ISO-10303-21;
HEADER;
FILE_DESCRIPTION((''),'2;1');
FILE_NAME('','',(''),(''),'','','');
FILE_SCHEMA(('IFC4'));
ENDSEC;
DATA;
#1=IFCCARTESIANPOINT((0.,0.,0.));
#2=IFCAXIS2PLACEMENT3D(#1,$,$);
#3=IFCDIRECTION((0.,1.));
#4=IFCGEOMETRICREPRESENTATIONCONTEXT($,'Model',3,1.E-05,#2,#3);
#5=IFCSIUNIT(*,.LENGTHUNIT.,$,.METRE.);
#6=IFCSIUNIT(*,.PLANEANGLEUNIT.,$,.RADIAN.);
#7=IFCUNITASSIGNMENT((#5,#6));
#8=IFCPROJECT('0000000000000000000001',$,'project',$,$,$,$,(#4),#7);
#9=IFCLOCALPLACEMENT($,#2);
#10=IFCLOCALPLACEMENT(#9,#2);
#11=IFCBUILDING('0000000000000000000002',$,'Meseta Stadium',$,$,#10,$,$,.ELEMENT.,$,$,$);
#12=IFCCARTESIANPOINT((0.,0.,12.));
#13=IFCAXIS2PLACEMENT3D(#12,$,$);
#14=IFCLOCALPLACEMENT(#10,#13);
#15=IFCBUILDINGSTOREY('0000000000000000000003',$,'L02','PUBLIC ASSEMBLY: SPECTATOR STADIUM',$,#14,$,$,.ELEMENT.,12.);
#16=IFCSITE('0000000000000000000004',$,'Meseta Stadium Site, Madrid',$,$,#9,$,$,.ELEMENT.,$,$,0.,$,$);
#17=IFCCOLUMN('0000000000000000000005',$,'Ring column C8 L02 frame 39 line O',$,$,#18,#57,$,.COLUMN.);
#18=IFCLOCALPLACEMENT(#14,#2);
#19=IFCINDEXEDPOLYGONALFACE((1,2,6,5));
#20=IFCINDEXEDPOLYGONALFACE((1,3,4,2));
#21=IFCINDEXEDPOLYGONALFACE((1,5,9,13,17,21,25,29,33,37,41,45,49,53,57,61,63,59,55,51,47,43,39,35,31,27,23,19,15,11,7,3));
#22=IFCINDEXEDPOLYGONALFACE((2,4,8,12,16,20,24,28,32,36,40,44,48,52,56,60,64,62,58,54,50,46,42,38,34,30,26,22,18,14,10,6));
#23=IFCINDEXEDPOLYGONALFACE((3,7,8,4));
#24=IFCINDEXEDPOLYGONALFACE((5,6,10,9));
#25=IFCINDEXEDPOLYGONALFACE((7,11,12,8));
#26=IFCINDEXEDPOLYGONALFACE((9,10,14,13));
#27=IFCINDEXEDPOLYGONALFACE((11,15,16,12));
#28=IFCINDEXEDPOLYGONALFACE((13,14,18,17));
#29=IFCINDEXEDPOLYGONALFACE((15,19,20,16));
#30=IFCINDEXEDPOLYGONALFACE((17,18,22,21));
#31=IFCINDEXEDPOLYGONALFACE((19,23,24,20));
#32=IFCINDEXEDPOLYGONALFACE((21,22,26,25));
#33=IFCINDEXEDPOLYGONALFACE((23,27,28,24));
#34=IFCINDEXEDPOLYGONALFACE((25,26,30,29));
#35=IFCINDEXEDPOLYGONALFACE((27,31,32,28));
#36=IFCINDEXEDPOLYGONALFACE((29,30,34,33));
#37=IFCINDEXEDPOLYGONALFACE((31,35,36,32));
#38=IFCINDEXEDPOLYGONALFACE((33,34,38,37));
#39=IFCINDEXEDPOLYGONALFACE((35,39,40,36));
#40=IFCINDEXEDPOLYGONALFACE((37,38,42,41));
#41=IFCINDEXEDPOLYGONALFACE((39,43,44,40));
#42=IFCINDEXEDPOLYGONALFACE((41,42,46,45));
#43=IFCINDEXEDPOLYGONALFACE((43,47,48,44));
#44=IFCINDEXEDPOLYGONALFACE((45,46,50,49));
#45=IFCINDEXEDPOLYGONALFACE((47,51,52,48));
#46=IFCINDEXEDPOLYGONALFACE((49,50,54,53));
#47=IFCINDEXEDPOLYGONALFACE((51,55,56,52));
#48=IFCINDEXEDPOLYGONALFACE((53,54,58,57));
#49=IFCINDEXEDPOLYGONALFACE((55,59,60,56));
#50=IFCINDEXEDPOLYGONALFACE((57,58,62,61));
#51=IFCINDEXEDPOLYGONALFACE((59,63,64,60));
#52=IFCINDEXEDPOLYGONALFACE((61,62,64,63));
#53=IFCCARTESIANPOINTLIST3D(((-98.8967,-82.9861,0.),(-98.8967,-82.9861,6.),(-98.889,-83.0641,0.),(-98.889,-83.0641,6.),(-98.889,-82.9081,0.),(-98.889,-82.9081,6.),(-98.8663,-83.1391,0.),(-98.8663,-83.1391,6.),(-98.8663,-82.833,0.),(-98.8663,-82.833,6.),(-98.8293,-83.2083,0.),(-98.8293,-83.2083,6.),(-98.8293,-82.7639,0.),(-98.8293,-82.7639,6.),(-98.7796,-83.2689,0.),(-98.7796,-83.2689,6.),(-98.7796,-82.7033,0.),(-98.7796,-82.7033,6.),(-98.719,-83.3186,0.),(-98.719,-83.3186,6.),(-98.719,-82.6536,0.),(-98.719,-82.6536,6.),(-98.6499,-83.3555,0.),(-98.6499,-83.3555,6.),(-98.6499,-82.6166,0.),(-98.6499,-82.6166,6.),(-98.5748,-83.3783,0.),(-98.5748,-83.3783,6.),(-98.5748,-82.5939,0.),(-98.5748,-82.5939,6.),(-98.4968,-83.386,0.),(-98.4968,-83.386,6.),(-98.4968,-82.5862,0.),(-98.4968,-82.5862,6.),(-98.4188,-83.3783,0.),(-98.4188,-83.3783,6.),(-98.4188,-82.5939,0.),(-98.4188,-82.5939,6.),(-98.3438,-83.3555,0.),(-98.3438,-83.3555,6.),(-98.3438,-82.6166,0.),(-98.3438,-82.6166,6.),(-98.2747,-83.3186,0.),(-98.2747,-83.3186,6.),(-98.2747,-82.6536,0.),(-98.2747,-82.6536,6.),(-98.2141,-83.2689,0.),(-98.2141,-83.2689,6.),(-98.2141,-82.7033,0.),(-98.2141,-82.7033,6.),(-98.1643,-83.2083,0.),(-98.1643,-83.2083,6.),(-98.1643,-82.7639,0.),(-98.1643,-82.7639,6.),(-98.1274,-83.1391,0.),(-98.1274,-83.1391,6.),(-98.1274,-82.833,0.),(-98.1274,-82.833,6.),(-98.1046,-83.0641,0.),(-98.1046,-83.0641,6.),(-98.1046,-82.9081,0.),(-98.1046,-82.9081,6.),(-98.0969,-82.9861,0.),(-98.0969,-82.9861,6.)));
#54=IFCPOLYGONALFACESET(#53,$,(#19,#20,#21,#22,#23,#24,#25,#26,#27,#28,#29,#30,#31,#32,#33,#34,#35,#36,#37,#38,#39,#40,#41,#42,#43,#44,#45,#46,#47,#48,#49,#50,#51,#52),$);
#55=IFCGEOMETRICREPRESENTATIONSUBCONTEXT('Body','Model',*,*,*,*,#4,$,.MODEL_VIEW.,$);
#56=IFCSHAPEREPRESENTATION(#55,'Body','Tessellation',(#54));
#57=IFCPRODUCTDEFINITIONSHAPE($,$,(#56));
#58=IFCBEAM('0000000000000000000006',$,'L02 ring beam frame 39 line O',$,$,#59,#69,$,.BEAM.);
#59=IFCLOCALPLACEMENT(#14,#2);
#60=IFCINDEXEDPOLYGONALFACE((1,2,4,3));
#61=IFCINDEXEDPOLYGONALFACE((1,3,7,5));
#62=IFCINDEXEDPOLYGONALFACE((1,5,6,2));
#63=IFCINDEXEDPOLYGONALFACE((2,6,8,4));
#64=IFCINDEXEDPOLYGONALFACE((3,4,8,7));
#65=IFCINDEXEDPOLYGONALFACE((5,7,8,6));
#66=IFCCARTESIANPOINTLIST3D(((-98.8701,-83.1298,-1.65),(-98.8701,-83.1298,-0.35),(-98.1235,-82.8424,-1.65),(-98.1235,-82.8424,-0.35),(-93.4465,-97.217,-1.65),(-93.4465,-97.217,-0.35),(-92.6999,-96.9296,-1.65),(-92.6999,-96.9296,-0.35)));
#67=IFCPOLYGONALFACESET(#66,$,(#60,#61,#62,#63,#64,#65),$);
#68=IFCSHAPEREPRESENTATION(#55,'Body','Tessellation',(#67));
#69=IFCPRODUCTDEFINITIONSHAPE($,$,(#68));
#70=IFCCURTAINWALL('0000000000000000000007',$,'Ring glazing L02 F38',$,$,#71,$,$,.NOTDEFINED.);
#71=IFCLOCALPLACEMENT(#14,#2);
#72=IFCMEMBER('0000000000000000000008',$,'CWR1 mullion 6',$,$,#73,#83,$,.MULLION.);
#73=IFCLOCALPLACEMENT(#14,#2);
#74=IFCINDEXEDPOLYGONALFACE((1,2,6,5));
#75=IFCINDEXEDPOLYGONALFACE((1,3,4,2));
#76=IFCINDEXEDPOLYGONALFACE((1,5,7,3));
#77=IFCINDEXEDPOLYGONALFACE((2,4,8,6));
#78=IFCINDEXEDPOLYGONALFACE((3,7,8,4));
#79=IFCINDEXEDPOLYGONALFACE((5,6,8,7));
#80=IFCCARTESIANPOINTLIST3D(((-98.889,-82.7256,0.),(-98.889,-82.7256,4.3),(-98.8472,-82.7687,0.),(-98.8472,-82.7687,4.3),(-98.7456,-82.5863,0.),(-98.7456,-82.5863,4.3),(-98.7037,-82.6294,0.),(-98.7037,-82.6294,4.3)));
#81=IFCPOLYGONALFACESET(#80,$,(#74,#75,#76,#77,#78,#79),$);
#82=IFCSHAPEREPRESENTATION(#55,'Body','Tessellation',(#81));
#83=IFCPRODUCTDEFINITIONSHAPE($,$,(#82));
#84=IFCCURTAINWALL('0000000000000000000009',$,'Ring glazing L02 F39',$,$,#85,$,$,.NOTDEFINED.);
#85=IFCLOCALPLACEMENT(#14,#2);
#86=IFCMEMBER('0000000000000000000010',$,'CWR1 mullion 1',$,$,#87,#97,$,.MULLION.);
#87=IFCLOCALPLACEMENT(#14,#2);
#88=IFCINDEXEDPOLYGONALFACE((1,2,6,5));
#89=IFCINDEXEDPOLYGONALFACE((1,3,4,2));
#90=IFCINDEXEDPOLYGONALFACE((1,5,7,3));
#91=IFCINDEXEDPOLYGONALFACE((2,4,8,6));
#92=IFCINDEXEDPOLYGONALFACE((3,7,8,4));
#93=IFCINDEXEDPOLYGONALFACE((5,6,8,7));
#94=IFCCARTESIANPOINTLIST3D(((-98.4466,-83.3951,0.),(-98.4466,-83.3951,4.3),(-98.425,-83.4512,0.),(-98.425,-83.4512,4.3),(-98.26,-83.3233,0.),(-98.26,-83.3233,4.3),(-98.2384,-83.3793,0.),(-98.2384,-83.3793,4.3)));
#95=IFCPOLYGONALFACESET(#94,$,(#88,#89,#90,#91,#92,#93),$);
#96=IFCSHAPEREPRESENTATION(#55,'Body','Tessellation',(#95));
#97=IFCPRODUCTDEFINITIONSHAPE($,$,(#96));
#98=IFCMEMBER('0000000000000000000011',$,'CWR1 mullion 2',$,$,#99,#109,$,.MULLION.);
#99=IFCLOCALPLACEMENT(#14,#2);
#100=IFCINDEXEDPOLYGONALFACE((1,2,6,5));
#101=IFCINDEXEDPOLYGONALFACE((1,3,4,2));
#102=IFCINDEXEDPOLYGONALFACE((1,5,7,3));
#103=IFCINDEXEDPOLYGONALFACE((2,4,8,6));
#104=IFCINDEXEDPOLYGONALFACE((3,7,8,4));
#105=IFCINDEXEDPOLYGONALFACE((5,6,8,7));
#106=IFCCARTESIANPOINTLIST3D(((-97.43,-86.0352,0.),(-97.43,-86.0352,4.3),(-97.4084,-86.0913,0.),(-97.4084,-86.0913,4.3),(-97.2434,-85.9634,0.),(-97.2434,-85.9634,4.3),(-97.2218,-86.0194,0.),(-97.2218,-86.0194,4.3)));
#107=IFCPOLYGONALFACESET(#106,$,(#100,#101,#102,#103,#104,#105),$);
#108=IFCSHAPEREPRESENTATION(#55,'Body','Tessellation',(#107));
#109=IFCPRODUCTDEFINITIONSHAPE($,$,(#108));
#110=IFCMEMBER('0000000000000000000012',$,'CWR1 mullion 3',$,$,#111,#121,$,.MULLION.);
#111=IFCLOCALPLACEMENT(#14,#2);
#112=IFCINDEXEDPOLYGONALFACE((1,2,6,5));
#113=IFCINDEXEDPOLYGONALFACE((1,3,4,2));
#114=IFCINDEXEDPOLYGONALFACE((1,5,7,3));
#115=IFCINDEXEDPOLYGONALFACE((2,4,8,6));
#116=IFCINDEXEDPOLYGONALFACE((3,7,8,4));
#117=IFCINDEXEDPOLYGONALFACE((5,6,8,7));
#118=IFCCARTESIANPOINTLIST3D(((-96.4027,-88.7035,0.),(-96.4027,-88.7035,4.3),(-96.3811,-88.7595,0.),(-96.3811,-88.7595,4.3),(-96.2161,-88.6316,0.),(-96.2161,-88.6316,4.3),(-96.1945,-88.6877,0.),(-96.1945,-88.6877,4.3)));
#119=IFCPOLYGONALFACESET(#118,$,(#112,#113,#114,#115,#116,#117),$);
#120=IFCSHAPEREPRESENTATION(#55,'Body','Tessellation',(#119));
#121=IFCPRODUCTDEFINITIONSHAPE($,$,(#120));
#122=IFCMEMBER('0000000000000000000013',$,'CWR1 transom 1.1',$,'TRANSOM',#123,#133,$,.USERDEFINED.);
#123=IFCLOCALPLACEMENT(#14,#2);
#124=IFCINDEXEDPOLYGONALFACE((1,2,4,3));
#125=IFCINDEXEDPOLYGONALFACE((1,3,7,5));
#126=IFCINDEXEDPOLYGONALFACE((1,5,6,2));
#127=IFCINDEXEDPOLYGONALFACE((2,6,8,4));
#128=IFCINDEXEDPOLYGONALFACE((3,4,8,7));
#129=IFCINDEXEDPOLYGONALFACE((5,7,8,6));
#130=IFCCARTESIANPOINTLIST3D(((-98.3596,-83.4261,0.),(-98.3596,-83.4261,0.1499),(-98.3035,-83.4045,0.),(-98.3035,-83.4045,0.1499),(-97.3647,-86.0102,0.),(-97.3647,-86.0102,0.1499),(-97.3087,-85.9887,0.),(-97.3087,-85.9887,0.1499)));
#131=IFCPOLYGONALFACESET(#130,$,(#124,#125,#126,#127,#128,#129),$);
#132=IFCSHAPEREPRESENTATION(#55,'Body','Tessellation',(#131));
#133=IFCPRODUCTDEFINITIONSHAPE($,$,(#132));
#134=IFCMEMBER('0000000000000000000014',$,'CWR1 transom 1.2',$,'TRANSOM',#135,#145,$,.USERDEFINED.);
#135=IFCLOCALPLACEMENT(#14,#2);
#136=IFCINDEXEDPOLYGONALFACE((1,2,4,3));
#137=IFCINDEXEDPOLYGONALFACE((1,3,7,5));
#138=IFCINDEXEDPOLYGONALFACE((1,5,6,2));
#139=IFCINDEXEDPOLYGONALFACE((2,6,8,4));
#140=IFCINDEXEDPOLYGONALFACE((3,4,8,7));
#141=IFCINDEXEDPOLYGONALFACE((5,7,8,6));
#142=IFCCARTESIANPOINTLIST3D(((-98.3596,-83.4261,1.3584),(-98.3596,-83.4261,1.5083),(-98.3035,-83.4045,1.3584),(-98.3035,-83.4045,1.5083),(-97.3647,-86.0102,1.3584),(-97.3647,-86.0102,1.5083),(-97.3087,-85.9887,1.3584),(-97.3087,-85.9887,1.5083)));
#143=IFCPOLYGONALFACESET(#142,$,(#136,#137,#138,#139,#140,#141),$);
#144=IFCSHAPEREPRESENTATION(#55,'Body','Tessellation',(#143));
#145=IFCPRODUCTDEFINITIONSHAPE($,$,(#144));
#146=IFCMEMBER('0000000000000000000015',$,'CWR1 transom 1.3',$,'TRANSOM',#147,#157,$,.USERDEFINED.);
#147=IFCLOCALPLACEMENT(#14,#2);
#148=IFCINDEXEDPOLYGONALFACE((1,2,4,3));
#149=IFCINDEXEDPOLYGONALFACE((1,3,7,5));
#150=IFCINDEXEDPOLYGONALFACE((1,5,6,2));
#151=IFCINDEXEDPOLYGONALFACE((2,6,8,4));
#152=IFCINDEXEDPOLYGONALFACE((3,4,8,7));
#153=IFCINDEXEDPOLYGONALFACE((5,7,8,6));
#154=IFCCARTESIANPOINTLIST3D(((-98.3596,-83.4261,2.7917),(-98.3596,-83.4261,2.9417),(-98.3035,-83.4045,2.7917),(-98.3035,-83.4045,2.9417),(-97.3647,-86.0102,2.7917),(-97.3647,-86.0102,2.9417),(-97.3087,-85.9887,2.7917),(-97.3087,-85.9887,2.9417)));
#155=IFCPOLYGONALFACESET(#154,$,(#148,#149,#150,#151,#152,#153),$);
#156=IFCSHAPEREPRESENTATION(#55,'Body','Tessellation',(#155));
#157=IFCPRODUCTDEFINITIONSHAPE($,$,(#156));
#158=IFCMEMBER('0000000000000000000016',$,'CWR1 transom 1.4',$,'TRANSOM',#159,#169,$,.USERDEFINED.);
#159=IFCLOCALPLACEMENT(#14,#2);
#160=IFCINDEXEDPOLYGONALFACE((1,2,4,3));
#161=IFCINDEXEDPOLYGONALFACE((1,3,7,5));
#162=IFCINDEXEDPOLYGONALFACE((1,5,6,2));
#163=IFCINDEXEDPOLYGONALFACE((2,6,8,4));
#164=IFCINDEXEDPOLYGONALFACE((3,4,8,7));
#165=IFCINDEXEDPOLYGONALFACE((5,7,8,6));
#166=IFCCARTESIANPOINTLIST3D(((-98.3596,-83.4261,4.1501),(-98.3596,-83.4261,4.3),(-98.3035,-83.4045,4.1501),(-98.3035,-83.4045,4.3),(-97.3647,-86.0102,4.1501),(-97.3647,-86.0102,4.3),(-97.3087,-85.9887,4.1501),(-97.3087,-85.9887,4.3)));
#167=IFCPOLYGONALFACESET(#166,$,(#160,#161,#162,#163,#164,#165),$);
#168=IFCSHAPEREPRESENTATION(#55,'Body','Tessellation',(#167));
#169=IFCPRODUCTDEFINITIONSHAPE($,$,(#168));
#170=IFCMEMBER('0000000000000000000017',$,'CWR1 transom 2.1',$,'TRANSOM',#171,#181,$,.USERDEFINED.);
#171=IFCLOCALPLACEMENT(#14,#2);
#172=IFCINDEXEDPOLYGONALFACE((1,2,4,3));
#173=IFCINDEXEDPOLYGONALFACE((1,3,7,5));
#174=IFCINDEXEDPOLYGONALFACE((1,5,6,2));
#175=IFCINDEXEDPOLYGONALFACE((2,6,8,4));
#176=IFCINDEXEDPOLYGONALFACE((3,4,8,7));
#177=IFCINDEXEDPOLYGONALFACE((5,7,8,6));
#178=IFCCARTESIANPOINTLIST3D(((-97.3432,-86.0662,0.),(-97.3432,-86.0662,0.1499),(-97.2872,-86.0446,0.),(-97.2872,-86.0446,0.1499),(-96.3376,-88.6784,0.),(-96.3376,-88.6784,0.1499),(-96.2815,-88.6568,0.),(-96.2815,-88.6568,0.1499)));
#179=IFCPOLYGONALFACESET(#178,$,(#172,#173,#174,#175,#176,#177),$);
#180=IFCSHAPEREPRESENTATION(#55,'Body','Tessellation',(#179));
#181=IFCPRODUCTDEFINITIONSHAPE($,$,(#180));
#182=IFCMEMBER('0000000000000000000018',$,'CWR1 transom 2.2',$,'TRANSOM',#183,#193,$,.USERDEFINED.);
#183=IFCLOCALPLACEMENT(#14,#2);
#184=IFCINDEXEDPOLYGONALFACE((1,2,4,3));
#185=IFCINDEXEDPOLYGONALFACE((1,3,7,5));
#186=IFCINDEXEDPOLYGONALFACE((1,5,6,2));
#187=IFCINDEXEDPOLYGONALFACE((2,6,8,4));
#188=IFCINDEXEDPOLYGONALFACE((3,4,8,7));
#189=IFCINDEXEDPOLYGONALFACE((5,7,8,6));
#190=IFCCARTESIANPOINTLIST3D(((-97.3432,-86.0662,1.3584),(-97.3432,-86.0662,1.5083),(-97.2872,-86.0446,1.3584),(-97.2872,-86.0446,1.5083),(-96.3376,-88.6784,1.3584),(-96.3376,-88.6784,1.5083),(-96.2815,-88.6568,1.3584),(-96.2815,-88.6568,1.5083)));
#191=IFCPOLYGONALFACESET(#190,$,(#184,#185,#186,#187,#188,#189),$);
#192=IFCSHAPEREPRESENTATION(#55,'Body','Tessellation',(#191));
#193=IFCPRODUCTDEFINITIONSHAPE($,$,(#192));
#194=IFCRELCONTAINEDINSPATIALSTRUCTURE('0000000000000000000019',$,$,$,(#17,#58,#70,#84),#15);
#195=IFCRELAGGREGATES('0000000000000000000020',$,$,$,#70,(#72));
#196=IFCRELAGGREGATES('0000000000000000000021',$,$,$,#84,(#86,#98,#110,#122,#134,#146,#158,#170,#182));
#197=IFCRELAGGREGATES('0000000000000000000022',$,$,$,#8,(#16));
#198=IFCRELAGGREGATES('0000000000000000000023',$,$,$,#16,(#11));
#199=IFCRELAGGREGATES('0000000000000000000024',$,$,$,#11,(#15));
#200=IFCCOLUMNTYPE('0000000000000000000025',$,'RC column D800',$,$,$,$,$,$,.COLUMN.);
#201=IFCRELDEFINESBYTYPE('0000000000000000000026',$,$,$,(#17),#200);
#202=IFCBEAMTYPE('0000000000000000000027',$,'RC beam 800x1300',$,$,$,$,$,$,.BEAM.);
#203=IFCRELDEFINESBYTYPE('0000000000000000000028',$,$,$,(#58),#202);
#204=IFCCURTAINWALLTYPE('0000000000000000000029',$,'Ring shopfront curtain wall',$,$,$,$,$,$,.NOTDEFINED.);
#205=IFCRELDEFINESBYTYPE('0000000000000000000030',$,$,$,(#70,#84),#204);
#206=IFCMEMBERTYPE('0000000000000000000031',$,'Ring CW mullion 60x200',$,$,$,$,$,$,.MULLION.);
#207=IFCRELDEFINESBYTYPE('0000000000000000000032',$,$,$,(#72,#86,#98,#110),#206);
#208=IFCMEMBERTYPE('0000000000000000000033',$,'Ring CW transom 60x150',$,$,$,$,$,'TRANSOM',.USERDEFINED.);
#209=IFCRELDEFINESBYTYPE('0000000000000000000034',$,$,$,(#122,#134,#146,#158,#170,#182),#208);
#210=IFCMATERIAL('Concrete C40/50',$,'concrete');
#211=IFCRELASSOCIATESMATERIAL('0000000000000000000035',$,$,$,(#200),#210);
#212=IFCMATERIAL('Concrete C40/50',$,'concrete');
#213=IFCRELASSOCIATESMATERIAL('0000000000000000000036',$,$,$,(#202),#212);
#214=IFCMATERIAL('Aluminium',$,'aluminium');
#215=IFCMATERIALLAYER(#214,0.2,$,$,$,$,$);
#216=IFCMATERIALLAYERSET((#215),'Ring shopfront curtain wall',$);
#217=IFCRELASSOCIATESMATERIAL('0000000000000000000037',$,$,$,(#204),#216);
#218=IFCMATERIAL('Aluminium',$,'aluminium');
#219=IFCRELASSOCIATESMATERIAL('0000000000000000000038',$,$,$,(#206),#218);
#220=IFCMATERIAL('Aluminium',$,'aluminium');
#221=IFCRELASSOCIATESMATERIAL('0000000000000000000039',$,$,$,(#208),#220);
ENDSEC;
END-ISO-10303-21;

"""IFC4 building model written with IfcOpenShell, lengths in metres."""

from ifc_helpers import new_model, si_unit, direction, frame, origin, origin_2d, place, context, subcontext, project, spatial, rectangle, circle, extrude, material, layer, layer_set, material_profile, profile_set, type_object, element, aggregate, save


model = new_model("IFC4")

# Units and contexts
model_context = context("Model", 3, precision=1e-05, world=origin(), true_north=direction((0.0, 1.0)))
body_context = subcontext(model_context, "Body", "Model", "MODEL_VIEW")
ifc_project = project(units=[si_unit("LENGTHUNIT", "METRE"), si_unit("PLANEANGLEUNIT", "RADIAN")], contexts=[model_context])

# Site, building, storey
site_placement = place(None, origin())
site = spatial("IfcSite", under=ifc_project, at=site_placement, Name="Meseta Stadium Site, Madrid", CompositionType="ELEMENT", RefElevation=0.0)
building_placement = place(site_placement, origin())
building = spatial("IfcBuilding", under=site, at=building_placement, Name="Meseta Stadium", CompositionType="ELEMENT")
storey_placement = place(building_placement, frame((0.0, 0.0, 12.0)))
storey = spatial("IfcBuildingStorey", under=building, at=storey_placement, Name="L02", Description="PUBLIC ASSEMBLY: SPECTATOR STADIUM", CompositionType="ELEMENT", Elevation=12.0)

# Column
ifc_material_1 = material(Name="Concrete C40/50", Category="concrete")
ifc_material_profile_1 = material_profile(ifc_material_1, circle(Radius=0.3999, at=origin_2d()), Name="RC D800")
ifc_profile_set_1 = profile_set([ifc_material_profile_1], Name="Concrete C40/50")
column_type = type_object("IfcColumnType", Name="RC column D800", PredefinedType="COLUMN", material=ifc_profile_set_1)
column_placement = place(storey_placement, frame((-98.4968, -82.9861, 0.0), z_axis=(0.0, 0.0, 1.0), x_axis=(1.0, 0.0, 0.0)))
element("IfcColumn", 1, at=column_placement, inside=storey, type_object=column_type, Name="Ring column C8 L02 frame 39 line O", PredefinedType="COLUMN", context=body_context, shape_type="SweptSolid", body=[
    extrude(circle(Radius=0.3999, at=origin_2d()), origin(), (0.0, 0.0, 1.0), 6.0),
])

# Beam
ifc_material_2 = material(Name="Concrete C40/50", Category="concrete")
ifc_material_profile_2 = material_profile(ifc_material_2, rectangle(XDim=0.8, YDim=1.3, at=origin_2d()), Name="RC 800x1300")
ifc_profile_set_2 = profile_set([ifc_material_profile_2], Name="Concrete C40/50")
beam_type = type_object("IfcBeamType", Name="RC beam 800x1300", PredefinedType="BEAM", material=ifc_profile_set_2)
beam_placement = place(storey_placement, frame((-98.4968, -82.9861, -1.0), z_axis=(0.359293, -0.933225, 0.0), x_axis=(0.933225, 0.359293, 0.0)))
element("IfcBeam", 2, at=beam_placement, inside=storey, type_object=beam_type, Name="L02 ring beam frame 39 line O", PredefinedType="BEAM", context=body_context, shape_type="SweptSolid", body=[
    extrude(rectangle(XDim=0.8, YDim=1.3, at=origin_2d()), origin(), (0.0, 0.0, 1.0), 15.0952),
])

# Curtain wall, member
ifc_material_3 = material(Name="Aluminium", Category="aluminium")
ifc_layer_1 = layer(ifc_material_3, 0.2)
ifc_layer_set_1 = layer_set([ifc_layer_1], Name="Ring shopfront curtain wall")
curtain_wall_type = type_object("IfcCurtainWallType", Name="Ring shopfront curtain wall", PredefinedType="NOTDEFINED", material=ifc_layer_set_1)
curtain_wall_1_placement = place(storey_placement, origin())
curtain_wall_1 = element("IfcCurtainWall", 3, at=curtain_wall_1_placement, inside=storey, type_object=curtain_wall_type, Name="Ring glazing L02 F38", PredefinedType="NOTDEFINED")
ifc_material_4 = material(Name="Aluminium", Category="aluminium")
ifc_material_profile_3 = material_profile(ifc_material_4, rectangle(XDim=0.2, YDim=0.0601, at=origin_2d()), Name="CW 200x60")
ifc_profile_set_3 = profile_set([ifc_material_profile_3], Name="Aluminium")
member_type_1 = type_object("IfcMemberType", Name="Ring CW mullion 60x200", PredefinedType="MULLION", material=ifc_profile_set_3)
member_1_placement = place(storey_placement, frame((-98.7964, -82.6775, 0.0), z_axis=(0.0, 0.0, 1.0), x_axis=(0.717583, 0.696473, 0.0)))
member_1 = element("IfcMember", 4, at=member_1_placement, type_object=member_type_1, Name="CWR1 mullion 6", PredefinedType="MULLION", context=body_context, shape_type="SweptSolid", body=[
    extrude(rectangle(XDim=0.2, YDim=0.0601, at=origin_2d()), origin(), (0.0, 0.0, 1.0), 4.3),
])

# Curtain wall, members
curtain_wall_2_placement = place(storey_placement, origin())
curtain_wall_2 = element("IfcCurtainWall", 5, at=curtain_wall_2_placement, inside=storey, type_object=curtain_wall_type, Name="Ring glazing L02 F39", PredefinedType="NOTDEFINED")
member_2_placement = place(storey_placement, frame((-98.3425, -83.3872, 0.0), z_axis=(0.0, 0.0, 1.0), x_axis=(0.933221, 0.359302, 0.0)))
member_2 = element("IfcMember", 6, at=member_2_placement, type_object=member_type_1, Name="CWR1 mullion 1", PredefinedType="MULLION", context=body_context, shape_type="SweptSolid", body=[
    extrude(rectangle(XDim=0.2, YDim=0.0601, at=origin_2d()), origin(), (0.0, 0.0, 1.0), 4.3),
])
member_3_placement = place(storey_placement, frame((-97.3259, -86.0273, 0.0), z_axis=(0.0, 0.0, 1.0), x_axis=(0.933221, 0.359302, 0.0)))
member_3 = element("IfcMember", 7, at=member_3_placement, type_object=member_type_1, Name="CWR1 mullion 2", PredefinedType="MULLION", context=body_context, shape_type="SweptSolid", body=[
    extrude(rectangle(XDim=0.2, YDim=0.0601, at=origin_2d()), origin(), (0.0, 0.0, 1.0), 4.3),
])
member_4_placement = place(storey_placement, frame((-96.2986, -88.6956, 0.0), z_axis=(0.0, 0.0, 1.0), x_axis=(0.933221, 0.359302, 0.0)))
member_4 = element("IfcMember", 8, at=member_4_placement, type_object=member_type_1, Name="CWR1 mullion 3", PredefinedType="MULLION", context=body_context, shape_type="SweptSolid", body=[
    extrude(rectangle(XDim=0.2, YDim=0.0601, at=origin_2d()), origin(), (0.0, 0.0, 1.0), 4.3),
])
ifc_material_5 = material(Name="Aluminium", Category="aluminium")
ifc_material_profile_4 = material_profile(ifc_material_5, rectangle(XDim=0.0601, YDim=0.1499, at=origin_2d()), Name="CW 60x150")
ifc_profile_set_4 = profile_set([ifc_material_profile_4], Name="Aluminium")
member_type_2 = type_object("IfcMemberType", Name="Ring CW transom 60x150", ElementType="TRANSOM", PredefinedType="USERDEFINED", material=ifc_profile_set_4)
member_5_placement = place(storey_placement, frame((-98.3315, -83.4153, 0.075), z_axis=(0.359274, -0.933232, 0.0), x_axis=(0.933232, 0.359274, 0.0)))
member_5 = element("IfcMember", 9, at=member_5_placement, type_object=member_type_2, Name="CWR1 transom 1.1", ObjectType="TRANSOM", PredefinedType="USERDEFINED", context=body_context, shape_type="SweptSolid", body=[
    extrude(rectangle(XDim=0.0601, YDim=0.1499, at=origin_2d()), origin(), (0.0, 0.0, 1.0), 2.769),
])
member_6_placement = place(storey_placement, frame((-98.3315, -83.4153, 1.4333), z_axis=(0.359274, -0.933232, 0.0), x_axis=(0.933232, 0.359274, 0.0)))
member_6 = element("IfcMember", 10, at=member_6_placement, type_object=member_type_2, Name="CWR1 transom 1.2", ObjectType="TRANSOM", PredefinedType="USERDEFINED", context=body_context, shape_type="SweptSolid", body=[
    extrude(rectangle(XDim=0.0601, YDim=0.1499, at=origin_2d()), origin(), (0.0, 0.0, 1.0), 2.769),
])
member_7_placement = place(storey_placement, frame((-98.3315, -83.4153, 2.8667), z_axis=(0.359274, -0.933232, 0.0), x_axis=(0.933232, 0.359274, 0.0)))
member_7 = element("IfcMember", 11, at=member_7_placement, type_object=member_type_2, Name="CWR1 transom 1.3", ObjectType="TRANSOM", PredefinedType="USERDEFINED", context=body_context, shape_type="SweptSolid", body=[
    extrude(rectangle(XDim=0.0601, YDim=0.1499, at=origin_2d()), origin(), (0.0, 0.0, 1.0), 2.769),
])
member_8_placement = place(storey_placement, frame((-98.3315, -83.4153, 4.2251), z_axis=(0.359274, -0.933232, 0.0), x_axis=(0.933232, 0.359274, 0.0)))
member_8 = element("IfcMember", 12, at=member_8_placement, type_object=member_type_2, Name="CWR1 transom 1.4", ObjectType="TRANSOM", PredefinedType="USERDEFINED", context=body_context, shape_type="SweptSolid", body=[
    extrude(rectangle(XDim=0.0601, YDim=0.1499, at=origin_2d()), origin(), (0.0, 0.0, 1.0), 2.769),
])
member_9_placement = place(storey_placement, frame((-97.3152, -86.0554, 0.075), z_axis=(0.359283, -0.933229, 0.0), x_axis=(0.933229, 0.359283, 0.0)))
member_9 = element("IfcMember", 13, at=member_9_placement, type_object=member_type_2, Name="CWR1 transom 2.1", ObjectType="TRANSOM", PredefinedType="USERDEFINED", context=body_context, shape_type="SweptSolid", body=[
    extrude(rectangle(XDim=0.0601, YDim=0.1499, at=origin_2d()), origin(), (0.0, 0.0, 1.0), 2.7991),
])
member_10_placement = place(storey_placement, frame((-97.3152, -86.0554, 1.4333), z_axis=(0.359283, -0.933229, 0.0), x_axis=(0.933229, 0.359283, 0.0)))
member_10 = element("IfcMember", 14, at=member_10_placement, type_object=member_type_2, Name="CWR1 transom 2.2", ObjectType="TRANSOM", PredefinedType="USERDEFINED", context=body_context, shape_type="SweptSolid", body=[
    extrude(rectangle(XDim=0.0601, YDim=0.1499, at=origin_2d()), origin(), (0.0, 0.0, 1.0), 2.7991),
])

aggregate(curtain_wall_1, [member_1])
aggregate(curtain_wall_2, [member_2, member_3, member_4, member_5, member_6, member_7, member_8, member_9, member_10])

save(model, "model.ifc")
